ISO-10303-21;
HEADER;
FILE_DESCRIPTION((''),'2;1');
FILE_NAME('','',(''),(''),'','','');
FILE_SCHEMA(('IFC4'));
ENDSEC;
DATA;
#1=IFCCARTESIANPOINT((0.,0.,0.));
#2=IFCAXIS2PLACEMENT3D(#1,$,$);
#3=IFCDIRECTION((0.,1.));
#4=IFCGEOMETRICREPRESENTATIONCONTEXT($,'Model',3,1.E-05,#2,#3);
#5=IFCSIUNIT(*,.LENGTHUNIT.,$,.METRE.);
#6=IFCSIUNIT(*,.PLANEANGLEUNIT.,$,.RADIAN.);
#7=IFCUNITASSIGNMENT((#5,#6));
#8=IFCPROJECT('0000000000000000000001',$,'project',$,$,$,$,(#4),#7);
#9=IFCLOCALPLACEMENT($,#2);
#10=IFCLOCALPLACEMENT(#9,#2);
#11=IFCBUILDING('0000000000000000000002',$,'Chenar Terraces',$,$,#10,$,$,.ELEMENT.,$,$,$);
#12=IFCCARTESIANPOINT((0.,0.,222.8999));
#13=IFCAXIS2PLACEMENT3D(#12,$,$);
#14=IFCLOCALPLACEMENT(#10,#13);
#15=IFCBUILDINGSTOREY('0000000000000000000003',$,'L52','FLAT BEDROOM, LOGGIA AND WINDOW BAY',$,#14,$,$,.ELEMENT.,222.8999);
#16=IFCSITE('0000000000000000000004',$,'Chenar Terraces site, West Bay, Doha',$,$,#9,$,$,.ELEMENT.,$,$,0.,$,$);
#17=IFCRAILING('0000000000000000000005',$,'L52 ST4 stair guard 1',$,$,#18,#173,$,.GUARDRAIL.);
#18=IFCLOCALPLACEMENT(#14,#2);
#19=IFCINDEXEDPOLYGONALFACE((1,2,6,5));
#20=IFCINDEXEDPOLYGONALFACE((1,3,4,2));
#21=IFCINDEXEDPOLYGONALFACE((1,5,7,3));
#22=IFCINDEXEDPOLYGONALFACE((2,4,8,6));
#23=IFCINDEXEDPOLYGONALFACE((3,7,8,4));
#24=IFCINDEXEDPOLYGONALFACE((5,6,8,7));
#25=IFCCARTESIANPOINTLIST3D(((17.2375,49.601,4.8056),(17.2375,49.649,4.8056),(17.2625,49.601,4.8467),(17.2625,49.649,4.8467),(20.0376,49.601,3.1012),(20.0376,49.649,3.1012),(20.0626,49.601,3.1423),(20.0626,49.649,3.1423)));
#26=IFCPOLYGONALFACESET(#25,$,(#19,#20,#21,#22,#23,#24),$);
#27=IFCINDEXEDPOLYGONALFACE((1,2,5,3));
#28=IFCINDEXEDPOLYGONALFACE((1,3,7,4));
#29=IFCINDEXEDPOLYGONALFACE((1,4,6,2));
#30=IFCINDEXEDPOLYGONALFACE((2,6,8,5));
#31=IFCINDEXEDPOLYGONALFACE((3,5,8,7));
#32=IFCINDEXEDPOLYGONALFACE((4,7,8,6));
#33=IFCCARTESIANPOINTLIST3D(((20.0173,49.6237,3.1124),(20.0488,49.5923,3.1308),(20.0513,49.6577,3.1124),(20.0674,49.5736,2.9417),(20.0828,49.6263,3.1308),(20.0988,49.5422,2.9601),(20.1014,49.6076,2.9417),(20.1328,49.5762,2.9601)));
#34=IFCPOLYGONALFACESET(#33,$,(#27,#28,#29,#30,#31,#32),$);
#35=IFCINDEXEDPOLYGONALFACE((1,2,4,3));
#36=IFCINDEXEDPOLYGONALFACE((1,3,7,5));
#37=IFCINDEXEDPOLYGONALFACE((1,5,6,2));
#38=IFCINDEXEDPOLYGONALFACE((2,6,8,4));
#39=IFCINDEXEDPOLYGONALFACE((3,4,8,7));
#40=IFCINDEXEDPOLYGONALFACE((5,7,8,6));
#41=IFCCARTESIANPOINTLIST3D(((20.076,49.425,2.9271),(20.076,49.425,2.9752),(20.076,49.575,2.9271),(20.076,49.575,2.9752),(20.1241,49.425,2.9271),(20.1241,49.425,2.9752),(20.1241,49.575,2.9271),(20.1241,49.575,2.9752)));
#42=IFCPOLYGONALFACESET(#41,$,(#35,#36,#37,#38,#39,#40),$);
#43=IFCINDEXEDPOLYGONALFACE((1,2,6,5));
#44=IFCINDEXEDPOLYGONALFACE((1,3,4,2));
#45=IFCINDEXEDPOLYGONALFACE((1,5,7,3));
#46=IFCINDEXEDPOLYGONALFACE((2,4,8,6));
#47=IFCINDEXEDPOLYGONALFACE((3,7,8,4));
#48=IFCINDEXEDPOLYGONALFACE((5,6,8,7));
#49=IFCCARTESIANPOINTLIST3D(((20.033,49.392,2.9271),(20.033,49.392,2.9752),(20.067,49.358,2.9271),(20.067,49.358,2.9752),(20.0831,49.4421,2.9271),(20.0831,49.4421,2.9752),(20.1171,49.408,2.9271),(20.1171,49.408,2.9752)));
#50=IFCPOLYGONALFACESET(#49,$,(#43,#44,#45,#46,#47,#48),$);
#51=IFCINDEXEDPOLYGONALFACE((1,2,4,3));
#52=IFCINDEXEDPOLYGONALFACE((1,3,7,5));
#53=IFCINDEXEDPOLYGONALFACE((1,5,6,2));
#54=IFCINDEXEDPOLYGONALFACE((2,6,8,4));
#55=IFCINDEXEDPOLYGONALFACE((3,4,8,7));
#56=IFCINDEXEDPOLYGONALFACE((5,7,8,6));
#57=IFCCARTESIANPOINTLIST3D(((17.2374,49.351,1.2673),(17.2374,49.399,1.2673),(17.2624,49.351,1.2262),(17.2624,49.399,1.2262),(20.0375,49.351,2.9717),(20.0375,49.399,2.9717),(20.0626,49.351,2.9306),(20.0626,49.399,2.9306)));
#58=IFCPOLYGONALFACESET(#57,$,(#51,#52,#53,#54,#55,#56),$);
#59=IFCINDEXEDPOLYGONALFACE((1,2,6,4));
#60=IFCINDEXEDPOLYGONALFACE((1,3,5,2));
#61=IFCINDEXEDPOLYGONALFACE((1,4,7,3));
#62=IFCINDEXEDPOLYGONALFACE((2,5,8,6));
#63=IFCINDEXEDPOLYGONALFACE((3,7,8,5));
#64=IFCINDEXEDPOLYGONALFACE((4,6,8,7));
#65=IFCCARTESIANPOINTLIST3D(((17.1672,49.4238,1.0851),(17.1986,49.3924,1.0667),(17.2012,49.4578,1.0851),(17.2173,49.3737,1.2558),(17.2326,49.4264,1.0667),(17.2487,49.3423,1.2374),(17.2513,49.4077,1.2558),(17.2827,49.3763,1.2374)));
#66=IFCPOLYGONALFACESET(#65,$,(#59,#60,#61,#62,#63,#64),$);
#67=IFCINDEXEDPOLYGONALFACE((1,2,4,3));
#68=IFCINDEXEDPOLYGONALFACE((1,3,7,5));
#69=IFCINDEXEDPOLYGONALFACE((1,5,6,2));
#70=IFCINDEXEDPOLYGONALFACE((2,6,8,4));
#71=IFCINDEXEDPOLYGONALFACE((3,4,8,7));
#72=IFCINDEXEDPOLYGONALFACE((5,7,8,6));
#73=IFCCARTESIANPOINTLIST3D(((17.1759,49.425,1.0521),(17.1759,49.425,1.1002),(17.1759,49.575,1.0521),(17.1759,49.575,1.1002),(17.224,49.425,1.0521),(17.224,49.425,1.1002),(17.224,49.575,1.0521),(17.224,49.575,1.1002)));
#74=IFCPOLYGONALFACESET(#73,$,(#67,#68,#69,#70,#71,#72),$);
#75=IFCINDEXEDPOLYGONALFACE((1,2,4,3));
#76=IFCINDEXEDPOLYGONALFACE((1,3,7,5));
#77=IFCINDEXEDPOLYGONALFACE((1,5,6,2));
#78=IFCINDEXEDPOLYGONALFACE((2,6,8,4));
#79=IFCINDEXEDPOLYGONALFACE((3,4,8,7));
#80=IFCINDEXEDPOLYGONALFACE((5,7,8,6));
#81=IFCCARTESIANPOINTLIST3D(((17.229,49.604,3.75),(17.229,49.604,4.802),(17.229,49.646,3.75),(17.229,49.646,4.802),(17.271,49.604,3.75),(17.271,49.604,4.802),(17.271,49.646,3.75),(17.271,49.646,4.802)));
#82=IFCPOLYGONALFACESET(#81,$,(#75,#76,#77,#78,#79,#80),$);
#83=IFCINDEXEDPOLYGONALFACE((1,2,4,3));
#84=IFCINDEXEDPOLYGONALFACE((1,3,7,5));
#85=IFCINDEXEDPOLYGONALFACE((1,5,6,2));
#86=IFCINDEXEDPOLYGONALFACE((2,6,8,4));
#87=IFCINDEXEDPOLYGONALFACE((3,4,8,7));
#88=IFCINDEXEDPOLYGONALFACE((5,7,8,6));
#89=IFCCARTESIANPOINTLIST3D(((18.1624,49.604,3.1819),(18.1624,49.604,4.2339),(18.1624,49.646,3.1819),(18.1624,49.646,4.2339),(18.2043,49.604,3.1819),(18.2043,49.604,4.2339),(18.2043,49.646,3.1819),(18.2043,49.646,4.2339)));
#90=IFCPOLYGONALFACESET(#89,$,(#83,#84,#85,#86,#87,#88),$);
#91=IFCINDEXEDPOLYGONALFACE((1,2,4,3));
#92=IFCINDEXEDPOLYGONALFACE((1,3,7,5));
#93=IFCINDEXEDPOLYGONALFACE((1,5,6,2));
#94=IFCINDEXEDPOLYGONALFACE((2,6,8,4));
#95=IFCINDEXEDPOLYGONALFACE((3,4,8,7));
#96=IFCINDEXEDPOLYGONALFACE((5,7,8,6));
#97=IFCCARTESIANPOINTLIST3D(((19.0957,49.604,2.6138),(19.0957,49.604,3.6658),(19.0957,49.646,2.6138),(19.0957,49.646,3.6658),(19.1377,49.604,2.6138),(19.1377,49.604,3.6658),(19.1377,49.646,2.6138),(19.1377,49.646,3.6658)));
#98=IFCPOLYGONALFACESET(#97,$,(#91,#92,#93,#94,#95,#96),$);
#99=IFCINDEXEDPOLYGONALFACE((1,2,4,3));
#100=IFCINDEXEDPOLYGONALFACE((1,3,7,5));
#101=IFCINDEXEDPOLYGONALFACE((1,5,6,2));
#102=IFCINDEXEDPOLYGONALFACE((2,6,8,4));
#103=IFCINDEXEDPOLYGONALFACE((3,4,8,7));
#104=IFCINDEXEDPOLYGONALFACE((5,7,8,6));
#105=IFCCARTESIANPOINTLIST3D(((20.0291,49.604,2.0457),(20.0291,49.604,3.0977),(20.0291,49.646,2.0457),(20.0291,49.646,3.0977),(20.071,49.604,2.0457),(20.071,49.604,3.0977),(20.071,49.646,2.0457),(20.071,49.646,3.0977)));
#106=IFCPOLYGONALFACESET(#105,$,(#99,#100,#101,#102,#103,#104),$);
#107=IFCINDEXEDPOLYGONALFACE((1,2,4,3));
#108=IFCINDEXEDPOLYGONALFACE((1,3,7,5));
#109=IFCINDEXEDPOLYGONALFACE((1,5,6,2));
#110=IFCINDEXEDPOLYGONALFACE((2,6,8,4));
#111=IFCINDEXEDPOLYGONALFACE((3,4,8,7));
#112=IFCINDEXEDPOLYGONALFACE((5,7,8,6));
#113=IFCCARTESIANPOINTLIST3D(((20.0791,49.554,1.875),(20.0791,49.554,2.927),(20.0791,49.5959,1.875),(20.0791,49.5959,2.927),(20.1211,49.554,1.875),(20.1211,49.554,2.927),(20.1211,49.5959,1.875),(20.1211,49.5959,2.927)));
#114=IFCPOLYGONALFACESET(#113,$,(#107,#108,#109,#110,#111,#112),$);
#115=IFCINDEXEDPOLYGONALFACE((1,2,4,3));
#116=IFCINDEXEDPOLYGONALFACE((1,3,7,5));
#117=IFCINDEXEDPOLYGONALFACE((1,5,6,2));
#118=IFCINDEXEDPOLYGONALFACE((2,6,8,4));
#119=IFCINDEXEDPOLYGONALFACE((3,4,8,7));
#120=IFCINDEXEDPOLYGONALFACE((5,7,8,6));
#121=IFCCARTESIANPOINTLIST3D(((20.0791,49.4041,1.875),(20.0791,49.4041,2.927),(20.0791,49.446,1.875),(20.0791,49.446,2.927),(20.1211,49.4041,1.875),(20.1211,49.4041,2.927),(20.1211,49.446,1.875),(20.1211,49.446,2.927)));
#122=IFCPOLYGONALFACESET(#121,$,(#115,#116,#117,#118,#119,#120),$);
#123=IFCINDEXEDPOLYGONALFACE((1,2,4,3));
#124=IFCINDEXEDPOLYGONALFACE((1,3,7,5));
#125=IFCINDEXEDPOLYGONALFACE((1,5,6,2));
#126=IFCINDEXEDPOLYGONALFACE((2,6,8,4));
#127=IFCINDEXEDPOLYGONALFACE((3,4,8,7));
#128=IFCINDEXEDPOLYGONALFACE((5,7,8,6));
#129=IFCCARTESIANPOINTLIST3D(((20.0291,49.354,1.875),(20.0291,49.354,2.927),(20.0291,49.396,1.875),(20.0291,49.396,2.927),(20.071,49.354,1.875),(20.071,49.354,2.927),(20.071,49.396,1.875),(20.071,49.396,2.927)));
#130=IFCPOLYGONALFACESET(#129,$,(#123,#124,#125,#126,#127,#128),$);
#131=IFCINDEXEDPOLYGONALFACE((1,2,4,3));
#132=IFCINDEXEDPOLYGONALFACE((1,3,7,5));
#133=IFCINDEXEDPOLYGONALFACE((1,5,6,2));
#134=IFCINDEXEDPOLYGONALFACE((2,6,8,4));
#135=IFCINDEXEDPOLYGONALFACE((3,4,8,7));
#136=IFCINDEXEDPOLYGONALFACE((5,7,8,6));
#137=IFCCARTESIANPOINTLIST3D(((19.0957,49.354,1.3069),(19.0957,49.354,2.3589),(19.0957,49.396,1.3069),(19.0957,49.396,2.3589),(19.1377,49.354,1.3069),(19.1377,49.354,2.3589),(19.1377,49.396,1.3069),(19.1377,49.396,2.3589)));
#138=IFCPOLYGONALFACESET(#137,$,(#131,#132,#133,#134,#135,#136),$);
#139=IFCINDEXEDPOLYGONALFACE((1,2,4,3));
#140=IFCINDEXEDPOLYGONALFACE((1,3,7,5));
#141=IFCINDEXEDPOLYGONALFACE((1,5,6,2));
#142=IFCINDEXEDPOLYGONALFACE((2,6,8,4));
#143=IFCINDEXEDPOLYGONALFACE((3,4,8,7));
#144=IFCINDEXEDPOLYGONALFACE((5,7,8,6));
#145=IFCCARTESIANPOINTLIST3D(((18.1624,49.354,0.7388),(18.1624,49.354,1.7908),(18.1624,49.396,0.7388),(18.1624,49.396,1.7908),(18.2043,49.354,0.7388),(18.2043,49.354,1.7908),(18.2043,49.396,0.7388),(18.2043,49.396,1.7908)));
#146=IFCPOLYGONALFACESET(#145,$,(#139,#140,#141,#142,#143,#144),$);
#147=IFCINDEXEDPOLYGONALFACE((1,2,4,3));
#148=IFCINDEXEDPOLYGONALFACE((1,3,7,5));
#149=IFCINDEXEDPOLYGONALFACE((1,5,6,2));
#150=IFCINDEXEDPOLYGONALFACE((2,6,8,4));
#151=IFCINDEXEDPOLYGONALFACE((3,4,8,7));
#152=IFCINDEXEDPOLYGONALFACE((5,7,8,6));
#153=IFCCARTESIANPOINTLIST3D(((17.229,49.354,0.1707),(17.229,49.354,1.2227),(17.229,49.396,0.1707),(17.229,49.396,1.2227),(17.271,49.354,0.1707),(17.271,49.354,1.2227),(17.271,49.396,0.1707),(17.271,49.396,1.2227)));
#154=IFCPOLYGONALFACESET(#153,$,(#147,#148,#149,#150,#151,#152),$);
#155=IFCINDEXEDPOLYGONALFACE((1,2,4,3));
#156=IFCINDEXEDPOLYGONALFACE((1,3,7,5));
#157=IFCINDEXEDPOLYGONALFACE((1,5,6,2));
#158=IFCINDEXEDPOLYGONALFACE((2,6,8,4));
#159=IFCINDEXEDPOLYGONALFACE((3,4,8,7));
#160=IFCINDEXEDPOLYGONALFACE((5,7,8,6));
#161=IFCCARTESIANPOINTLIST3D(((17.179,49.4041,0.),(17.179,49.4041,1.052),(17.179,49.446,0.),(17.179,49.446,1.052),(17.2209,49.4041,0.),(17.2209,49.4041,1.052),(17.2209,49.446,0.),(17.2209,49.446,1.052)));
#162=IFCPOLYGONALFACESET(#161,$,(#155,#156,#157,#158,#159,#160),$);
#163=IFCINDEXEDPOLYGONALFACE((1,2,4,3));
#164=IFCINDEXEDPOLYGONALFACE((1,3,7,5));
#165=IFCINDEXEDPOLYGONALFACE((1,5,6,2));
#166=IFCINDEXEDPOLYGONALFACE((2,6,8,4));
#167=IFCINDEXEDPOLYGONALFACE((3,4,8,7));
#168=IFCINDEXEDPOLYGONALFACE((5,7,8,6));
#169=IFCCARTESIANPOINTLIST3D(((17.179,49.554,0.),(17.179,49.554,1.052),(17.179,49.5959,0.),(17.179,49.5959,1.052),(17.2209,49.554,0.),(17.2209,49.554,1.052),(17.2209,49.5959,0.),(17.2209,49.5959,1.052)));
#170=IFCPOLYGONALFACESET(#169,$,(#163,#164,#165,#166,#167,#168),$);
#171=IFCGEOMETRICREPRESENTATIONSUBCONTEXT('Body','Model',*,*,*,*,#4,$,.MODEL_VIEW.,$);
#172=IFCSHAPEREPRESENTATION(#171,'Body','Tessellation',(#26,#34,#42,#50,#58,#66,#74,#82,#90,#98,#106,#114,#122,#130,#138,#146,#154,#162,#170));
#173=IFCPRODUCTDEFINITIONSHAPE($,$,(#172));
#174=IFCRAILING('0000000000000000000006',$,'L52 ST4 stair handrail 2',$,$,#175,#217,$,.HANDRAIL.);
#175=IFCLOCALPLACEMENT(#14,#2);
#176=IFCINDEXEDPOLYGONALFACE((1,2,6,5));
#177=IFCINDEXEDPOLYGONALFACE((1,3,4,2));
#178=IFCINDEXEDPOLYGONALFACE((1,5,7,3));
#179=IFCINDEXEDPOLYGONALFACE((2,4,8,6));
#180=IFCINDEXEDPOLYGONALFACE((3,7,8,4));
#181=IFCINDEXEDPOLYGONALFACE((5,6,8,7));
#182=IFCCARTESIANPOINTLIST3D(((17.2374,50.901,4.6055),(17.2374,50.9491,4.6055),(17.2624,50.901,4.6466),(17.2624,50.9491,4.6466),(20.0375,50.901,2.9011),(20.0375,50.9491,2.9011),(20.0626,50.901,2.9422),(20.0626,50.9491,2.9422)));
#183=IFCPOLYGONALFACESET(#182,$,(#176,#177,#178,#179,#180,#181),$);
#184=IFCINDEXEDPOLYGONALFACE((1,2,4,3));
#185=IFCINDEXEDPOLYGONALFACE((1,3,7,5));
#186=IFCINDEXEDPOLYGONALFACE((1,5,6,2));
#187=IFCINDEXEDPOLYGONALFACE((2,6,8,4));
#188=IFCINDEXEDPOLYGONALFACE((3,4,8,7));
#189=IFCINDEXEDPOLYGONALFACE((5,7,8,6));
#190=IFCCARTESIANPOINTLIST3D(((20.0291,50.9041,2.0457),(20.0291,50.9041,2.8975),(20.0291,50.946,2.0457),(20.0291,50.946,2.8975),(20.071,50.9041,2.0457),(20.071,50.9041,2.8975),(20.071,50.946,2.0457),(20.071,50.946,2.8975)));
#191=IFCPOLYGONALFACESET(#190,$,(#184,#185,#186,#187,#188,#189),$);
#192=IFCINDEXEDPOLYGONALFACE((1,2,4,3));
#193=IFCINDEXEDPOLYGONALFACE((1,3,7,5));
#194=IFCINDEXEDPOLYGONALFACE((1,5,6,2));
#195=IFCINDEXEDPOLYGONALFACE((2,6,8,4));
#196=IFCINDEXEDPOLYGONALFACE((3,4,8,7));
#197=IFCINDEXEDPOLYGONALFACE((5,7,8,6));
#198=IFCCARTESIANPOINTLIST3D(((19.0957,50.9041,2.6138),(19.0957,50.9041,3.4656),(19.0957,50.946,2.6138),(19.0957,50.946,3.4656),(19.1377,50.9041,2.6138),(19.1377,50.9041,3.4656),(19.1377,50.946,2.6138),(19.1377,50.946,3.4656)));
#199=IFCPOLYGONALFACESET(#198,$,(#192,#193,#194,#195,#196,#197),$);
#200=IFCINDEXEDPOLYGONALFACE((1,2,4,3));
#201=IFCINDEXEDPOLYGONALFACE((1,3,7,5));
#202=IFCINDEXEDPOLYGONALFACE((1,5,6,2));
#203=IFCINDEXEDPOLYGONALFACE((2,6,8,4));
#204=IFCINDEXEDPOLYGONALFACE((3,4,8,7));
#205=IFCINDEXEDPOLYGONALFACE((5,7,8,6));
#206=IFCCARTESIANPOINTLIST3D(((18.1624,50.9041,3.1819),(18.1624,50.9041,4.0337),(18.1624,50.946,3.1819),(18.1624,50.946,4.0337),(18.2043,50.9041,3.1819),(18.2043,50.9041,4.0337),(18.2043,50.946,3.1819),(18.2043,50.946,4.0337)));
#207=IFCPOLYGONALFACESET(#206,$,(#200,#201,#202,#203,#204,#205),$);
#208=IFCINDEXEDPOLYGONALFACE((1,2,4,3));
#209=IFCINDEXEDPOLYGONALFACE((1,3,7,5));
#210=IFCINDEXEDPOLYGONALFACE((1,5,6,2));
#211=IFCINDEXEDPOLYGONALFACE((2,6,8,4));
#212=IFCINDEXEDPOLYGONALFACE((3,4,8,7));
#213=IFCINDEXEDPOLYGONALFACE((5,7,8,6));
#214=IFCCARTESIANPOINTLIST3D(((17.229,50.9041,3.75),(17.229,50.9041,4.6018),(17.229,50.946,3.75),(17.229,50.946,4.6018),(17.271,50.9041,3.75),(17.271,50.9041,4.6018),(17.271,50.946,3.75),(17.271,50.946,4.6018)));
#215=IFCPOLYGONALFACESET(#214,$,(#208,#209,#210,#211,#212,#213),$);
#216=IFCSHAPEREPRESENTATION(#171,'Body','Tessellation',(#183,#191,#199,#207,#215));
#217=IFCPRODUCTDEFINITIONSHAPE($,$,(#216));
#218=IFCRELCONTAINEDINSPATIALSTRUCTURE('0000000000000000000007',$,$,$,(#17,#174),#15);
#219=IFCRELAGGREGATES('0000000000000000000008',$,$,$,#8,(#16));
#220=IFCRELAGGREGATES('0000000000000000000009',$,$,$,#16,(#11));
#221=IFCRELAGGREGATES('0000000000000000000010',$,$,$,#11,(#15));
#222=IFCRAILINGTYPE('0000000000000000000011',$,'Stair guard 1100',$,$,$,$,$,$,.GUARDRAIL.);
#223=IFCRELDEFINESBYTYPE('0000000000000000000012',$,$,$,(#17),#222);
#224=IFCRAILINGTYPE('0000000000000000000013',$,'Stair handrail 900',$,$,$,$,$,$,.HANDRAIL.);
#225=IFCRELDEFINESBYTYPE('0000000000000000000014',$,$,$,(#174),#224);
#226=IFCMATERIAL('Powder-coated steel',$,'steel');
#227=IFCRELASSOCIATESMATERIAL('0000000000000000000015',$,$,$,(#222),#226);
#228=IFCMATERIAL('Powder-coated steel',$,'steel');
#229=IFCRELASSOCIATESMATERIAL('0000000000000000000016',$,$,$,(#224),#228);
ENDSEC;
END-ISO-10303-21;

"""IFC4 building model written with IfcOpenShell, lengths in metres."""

from ifc_helpers import new_model, si_unit, direction, frame, origin, origin_2d, place, context, subcontext, project, spatial, rectangle, extrude, material, type_object, element, save


model = new_model("IFC4")

# Units and contexts
model_context = context("Model", 3, precision=1e-05, world=origin(), true_north=direction((0.0, 1.0)))
body_context = subcontext(model_context, "Body", "Model", "MODEL_VIEW")
ifc_project = project(units=[si_unit("LENGTHUNIT", "METRE"), si_unit("PLANEANGLEUNIT", "RADIAN")], contexts=[model_context])

# Site, building, storey
site_placement = place(None, origin())
site = spatial("IfcSite", under=ifc_project, at=site_placement, Name="Chenar Terraces site, West Bay, Doha", CompositionType="ELEMENT", RefElevation=0.0)
building_placement = place(site_placement, origin())
building = spatial("IfcBuilding", under=site, at=building_placement, Name="Chenar Terraces", CompositionType="ELEMENT")
storey_placement = place(building_placement, frame((0.0, 0.0, 222.8999)))
storey = spatial("IfcBuildingStorey", under=building, at=storey_placement, Name="L52", Description="FLAT BEDROOM, LOGGIA AND WINDOW BAY", CompositionType="ELEMENT", Elevation=222.8999)

# Railings
ifc_material_1 = material(Name="Powder-coated steel", Category="steel")
railing_type_1 = type_object("IfcRailingType", Name="Stair guard 1100", PredefinedType="GUARDRAIL", material=ifc_material_1)
railing_1_placement = place(storey_placement, frame((17.25, 49.625, 3.75)))
element("IfcRailing", 1, at=railing_1_placement, inside=storey, type_object=railing_type_1, Name="L52 ST4 stair guard 1", PredefinedType="GUARDRAIL", context=body_context, shape_type="SweptSolid", body=[
    extrude(rectangle(XDim=0.0481, YDim=0.0481, at=origin_2d()), frame((0.0, 0.0, 1.0762), z_axis=(0.854203, 0.0, -0.51994), x_axis=(0.0, 1.0, 0.0)), (0.0, 0.0, 1.0), 3.2781),
    extrude(rectangle(XDim=0.0481, YDim=0.0481, at=origin_2d()), frame((2.8, 0.0, -0.6284), z_axis=(0.2709, -0.2709, -0.923703), x_axis=(0.707107, 0.707107, 0.0)), (0.0, 0.0, 1.0), 0.1848),
    extrude(rectangle(XDim=0.0481, YDim=0.0481, at=origin_2d()), frame((2.8501, -0.05, -0.7988), z_axis=(0.0, -1.0, 0.0), x_axis=(1.0, 0.0, 0.0)), (0.0, 0.0, 1.0), 0.1499),
    extrude(rectangle(XDim=0.0481, YDim=0.0481, at=origin_2d()), frame((2.8501, -0.2, -0.7988), z_axis=(-0.707107, -0.707107, 0.0), x_axis=(0.707107, -0.707107, 0.0)), (0.0, 0.0, 1.0), 0.0708),
    extrude(rectangle(XDim=0.0481, YDim=0.0481, at=origin_2d()), frame((2.8, -0.25, -0.7988), z_axis=(-0.854203, 0.0, -0.51994), x_axis=(0.0, -1.0, 0.0)), (0.0, 0.0, 1.0), 3.2781),
    extrude(rectangle(XDim=0.0481, YDim=0.0481, at=origin_2d()), frame((0.0, -0.25, -2.5034), z_axis=(-0.2709, 0.2709, -0.923703), x_axis=(-0.707107, -0.707107, 0.0)), (0.0, 0.0, 1.0), 0.1848),
    extrude(rectangle(XDim=0.0481, YDim=0.0481, at=origin_2d()), frame((-0.05, -0.2, -2.6738), z_axis=(0.0, 1.0, 0.0), x_axis=(-1.0, 0.0, 0.0)), (0.0, 0.0, 1.0), 0.1499),
    extrude(rectangle(XDim=0.042, YDim=0.042, at=origin_2d()), origin(), (0.0, 0.0, 1.0), 1.052),
    extrude(rectangle(XDim=0.042, YDim=0.042, at=origin_2d()), frame((0.9333, 0.0, -0.5681)), (0.0, 0.0, 1.0), 1.052),
    extrude(rectangle(XDim=0.042, YDim=0.042, at=origin_2d()), frame((1.8667, 0.0, -1.1362)), (0.0, 0.0, 1.0), 1.052),
    extrude(rectangle(XDim=0.042, YDim=0.042, at=origin_2d()), frame((2.8, 0.0, -1.7043)), (0.0, 0.0, 1.0), 1.052),
    extrude(rectangle(XDim=0.042, YDim=0.042, at=origin_2d()), frame((2.8501, -0.05, -1.875)), (0.0, 0.0, 1.0), 1.052),
    extrude(rectangle(XDim=0.042, YDim=0.042, at=origin_2d()), frame((2.8501, -0.2, -1.875)), (0.0, 0.0, 1.0), 1.052),
    extrude(rectangle(XDim=0.042, YDim=0.042, at=origin_2d()), frame((2.8, -0.25, -1.875)), (0.0, 0.0, 1.0), 1.052),
    extrude(rectangle(XDim=0.042, YDim=0.042, at=origin_2d()), frame((1.8667, -0.25, -2.4431)), (0.0, 0.0, 1.0), 1.052),
    extrude(rectangle(XDim=0.042, YDim=0.042, at=origin_2d()), frame((0.9333, -0.25, -3.0112)), (0.0, 0.0, 1.0), 1.052),
    extrude(rectangle(XDim=0.042, YDim=0.042, at=origin_2d()), frame((0.0, -0.25, -3.5793)), (0.0, 0.0, 1.0), 1.052),
    extrude(rectangle(XDim=0.042, YDim=0.042, at=origin_2d()), frame((-0.05, -0.2, -3.75)), (0.0, 0.0, 1.0), 1.052),
    extrude(rectangle(XDim=0.042, YDim=0.042, at=origin_2d()), frame((-0.05, -0.05, -3.75)), (0.0, 0.0, 1.0), 1.052),
])
ifc_material_2 = material(Name="Powder-coated steel", Category="steel")
railing_type_2 = type_object("IfcRailingType", Name="Stair handrail 900", PredefinedType="HANDRAIL", material=ifc_material_2)
railing_2_placement = place(storey_placement, frame((20.05, 50.925, 2.0457)))
element("IfcRailing", 2, at=railing_2_placement, inside=storey, type_object=railing_type_2, Name="L52 ST4 stair handrail 2", PredefinedType="HANDRAIL", context=body_context, shape_type="SweptSolid", body=[
    extrude(rectangle(XDim=0.0481, YDim=0.0481, at=origin_2d()), frame((0.0, 0.0, 0.876), z_axis=(-0.854203, 0.0, 0.51994), x_axis=(0.0, -1.0, 0.0)), (0.0, 0.0, 1.0), 3.2781),
    extrude(rectangle(XDim=0.042, YDim=0.042, at=origin_2d()), origin(), (0.0, 0.0, 1.0), 0.8518),
    extrude(rectangle(XDim=0.042, YDim=0.042, at=origin_2d()), frame((-0.9333, 0.0, 0.5681)), (0.0, 0.0, 1.0), 0.8518),
    extrude(rectangle(XDim=0.042, YDim=0.042, at=origin_2d()), frame((-1.8667, 0.0, 1.1362)), (0.0, 0.0, 1.0), 0.8518),
    extrude(rectangle(XDim=0.042, YDim=0.042, at=origin_2d()), frame((-2.8, 0.0, 1.7043)), (0.0, 0.0, 1.0), 0.8518),
])

save(model, "model.ifc")
